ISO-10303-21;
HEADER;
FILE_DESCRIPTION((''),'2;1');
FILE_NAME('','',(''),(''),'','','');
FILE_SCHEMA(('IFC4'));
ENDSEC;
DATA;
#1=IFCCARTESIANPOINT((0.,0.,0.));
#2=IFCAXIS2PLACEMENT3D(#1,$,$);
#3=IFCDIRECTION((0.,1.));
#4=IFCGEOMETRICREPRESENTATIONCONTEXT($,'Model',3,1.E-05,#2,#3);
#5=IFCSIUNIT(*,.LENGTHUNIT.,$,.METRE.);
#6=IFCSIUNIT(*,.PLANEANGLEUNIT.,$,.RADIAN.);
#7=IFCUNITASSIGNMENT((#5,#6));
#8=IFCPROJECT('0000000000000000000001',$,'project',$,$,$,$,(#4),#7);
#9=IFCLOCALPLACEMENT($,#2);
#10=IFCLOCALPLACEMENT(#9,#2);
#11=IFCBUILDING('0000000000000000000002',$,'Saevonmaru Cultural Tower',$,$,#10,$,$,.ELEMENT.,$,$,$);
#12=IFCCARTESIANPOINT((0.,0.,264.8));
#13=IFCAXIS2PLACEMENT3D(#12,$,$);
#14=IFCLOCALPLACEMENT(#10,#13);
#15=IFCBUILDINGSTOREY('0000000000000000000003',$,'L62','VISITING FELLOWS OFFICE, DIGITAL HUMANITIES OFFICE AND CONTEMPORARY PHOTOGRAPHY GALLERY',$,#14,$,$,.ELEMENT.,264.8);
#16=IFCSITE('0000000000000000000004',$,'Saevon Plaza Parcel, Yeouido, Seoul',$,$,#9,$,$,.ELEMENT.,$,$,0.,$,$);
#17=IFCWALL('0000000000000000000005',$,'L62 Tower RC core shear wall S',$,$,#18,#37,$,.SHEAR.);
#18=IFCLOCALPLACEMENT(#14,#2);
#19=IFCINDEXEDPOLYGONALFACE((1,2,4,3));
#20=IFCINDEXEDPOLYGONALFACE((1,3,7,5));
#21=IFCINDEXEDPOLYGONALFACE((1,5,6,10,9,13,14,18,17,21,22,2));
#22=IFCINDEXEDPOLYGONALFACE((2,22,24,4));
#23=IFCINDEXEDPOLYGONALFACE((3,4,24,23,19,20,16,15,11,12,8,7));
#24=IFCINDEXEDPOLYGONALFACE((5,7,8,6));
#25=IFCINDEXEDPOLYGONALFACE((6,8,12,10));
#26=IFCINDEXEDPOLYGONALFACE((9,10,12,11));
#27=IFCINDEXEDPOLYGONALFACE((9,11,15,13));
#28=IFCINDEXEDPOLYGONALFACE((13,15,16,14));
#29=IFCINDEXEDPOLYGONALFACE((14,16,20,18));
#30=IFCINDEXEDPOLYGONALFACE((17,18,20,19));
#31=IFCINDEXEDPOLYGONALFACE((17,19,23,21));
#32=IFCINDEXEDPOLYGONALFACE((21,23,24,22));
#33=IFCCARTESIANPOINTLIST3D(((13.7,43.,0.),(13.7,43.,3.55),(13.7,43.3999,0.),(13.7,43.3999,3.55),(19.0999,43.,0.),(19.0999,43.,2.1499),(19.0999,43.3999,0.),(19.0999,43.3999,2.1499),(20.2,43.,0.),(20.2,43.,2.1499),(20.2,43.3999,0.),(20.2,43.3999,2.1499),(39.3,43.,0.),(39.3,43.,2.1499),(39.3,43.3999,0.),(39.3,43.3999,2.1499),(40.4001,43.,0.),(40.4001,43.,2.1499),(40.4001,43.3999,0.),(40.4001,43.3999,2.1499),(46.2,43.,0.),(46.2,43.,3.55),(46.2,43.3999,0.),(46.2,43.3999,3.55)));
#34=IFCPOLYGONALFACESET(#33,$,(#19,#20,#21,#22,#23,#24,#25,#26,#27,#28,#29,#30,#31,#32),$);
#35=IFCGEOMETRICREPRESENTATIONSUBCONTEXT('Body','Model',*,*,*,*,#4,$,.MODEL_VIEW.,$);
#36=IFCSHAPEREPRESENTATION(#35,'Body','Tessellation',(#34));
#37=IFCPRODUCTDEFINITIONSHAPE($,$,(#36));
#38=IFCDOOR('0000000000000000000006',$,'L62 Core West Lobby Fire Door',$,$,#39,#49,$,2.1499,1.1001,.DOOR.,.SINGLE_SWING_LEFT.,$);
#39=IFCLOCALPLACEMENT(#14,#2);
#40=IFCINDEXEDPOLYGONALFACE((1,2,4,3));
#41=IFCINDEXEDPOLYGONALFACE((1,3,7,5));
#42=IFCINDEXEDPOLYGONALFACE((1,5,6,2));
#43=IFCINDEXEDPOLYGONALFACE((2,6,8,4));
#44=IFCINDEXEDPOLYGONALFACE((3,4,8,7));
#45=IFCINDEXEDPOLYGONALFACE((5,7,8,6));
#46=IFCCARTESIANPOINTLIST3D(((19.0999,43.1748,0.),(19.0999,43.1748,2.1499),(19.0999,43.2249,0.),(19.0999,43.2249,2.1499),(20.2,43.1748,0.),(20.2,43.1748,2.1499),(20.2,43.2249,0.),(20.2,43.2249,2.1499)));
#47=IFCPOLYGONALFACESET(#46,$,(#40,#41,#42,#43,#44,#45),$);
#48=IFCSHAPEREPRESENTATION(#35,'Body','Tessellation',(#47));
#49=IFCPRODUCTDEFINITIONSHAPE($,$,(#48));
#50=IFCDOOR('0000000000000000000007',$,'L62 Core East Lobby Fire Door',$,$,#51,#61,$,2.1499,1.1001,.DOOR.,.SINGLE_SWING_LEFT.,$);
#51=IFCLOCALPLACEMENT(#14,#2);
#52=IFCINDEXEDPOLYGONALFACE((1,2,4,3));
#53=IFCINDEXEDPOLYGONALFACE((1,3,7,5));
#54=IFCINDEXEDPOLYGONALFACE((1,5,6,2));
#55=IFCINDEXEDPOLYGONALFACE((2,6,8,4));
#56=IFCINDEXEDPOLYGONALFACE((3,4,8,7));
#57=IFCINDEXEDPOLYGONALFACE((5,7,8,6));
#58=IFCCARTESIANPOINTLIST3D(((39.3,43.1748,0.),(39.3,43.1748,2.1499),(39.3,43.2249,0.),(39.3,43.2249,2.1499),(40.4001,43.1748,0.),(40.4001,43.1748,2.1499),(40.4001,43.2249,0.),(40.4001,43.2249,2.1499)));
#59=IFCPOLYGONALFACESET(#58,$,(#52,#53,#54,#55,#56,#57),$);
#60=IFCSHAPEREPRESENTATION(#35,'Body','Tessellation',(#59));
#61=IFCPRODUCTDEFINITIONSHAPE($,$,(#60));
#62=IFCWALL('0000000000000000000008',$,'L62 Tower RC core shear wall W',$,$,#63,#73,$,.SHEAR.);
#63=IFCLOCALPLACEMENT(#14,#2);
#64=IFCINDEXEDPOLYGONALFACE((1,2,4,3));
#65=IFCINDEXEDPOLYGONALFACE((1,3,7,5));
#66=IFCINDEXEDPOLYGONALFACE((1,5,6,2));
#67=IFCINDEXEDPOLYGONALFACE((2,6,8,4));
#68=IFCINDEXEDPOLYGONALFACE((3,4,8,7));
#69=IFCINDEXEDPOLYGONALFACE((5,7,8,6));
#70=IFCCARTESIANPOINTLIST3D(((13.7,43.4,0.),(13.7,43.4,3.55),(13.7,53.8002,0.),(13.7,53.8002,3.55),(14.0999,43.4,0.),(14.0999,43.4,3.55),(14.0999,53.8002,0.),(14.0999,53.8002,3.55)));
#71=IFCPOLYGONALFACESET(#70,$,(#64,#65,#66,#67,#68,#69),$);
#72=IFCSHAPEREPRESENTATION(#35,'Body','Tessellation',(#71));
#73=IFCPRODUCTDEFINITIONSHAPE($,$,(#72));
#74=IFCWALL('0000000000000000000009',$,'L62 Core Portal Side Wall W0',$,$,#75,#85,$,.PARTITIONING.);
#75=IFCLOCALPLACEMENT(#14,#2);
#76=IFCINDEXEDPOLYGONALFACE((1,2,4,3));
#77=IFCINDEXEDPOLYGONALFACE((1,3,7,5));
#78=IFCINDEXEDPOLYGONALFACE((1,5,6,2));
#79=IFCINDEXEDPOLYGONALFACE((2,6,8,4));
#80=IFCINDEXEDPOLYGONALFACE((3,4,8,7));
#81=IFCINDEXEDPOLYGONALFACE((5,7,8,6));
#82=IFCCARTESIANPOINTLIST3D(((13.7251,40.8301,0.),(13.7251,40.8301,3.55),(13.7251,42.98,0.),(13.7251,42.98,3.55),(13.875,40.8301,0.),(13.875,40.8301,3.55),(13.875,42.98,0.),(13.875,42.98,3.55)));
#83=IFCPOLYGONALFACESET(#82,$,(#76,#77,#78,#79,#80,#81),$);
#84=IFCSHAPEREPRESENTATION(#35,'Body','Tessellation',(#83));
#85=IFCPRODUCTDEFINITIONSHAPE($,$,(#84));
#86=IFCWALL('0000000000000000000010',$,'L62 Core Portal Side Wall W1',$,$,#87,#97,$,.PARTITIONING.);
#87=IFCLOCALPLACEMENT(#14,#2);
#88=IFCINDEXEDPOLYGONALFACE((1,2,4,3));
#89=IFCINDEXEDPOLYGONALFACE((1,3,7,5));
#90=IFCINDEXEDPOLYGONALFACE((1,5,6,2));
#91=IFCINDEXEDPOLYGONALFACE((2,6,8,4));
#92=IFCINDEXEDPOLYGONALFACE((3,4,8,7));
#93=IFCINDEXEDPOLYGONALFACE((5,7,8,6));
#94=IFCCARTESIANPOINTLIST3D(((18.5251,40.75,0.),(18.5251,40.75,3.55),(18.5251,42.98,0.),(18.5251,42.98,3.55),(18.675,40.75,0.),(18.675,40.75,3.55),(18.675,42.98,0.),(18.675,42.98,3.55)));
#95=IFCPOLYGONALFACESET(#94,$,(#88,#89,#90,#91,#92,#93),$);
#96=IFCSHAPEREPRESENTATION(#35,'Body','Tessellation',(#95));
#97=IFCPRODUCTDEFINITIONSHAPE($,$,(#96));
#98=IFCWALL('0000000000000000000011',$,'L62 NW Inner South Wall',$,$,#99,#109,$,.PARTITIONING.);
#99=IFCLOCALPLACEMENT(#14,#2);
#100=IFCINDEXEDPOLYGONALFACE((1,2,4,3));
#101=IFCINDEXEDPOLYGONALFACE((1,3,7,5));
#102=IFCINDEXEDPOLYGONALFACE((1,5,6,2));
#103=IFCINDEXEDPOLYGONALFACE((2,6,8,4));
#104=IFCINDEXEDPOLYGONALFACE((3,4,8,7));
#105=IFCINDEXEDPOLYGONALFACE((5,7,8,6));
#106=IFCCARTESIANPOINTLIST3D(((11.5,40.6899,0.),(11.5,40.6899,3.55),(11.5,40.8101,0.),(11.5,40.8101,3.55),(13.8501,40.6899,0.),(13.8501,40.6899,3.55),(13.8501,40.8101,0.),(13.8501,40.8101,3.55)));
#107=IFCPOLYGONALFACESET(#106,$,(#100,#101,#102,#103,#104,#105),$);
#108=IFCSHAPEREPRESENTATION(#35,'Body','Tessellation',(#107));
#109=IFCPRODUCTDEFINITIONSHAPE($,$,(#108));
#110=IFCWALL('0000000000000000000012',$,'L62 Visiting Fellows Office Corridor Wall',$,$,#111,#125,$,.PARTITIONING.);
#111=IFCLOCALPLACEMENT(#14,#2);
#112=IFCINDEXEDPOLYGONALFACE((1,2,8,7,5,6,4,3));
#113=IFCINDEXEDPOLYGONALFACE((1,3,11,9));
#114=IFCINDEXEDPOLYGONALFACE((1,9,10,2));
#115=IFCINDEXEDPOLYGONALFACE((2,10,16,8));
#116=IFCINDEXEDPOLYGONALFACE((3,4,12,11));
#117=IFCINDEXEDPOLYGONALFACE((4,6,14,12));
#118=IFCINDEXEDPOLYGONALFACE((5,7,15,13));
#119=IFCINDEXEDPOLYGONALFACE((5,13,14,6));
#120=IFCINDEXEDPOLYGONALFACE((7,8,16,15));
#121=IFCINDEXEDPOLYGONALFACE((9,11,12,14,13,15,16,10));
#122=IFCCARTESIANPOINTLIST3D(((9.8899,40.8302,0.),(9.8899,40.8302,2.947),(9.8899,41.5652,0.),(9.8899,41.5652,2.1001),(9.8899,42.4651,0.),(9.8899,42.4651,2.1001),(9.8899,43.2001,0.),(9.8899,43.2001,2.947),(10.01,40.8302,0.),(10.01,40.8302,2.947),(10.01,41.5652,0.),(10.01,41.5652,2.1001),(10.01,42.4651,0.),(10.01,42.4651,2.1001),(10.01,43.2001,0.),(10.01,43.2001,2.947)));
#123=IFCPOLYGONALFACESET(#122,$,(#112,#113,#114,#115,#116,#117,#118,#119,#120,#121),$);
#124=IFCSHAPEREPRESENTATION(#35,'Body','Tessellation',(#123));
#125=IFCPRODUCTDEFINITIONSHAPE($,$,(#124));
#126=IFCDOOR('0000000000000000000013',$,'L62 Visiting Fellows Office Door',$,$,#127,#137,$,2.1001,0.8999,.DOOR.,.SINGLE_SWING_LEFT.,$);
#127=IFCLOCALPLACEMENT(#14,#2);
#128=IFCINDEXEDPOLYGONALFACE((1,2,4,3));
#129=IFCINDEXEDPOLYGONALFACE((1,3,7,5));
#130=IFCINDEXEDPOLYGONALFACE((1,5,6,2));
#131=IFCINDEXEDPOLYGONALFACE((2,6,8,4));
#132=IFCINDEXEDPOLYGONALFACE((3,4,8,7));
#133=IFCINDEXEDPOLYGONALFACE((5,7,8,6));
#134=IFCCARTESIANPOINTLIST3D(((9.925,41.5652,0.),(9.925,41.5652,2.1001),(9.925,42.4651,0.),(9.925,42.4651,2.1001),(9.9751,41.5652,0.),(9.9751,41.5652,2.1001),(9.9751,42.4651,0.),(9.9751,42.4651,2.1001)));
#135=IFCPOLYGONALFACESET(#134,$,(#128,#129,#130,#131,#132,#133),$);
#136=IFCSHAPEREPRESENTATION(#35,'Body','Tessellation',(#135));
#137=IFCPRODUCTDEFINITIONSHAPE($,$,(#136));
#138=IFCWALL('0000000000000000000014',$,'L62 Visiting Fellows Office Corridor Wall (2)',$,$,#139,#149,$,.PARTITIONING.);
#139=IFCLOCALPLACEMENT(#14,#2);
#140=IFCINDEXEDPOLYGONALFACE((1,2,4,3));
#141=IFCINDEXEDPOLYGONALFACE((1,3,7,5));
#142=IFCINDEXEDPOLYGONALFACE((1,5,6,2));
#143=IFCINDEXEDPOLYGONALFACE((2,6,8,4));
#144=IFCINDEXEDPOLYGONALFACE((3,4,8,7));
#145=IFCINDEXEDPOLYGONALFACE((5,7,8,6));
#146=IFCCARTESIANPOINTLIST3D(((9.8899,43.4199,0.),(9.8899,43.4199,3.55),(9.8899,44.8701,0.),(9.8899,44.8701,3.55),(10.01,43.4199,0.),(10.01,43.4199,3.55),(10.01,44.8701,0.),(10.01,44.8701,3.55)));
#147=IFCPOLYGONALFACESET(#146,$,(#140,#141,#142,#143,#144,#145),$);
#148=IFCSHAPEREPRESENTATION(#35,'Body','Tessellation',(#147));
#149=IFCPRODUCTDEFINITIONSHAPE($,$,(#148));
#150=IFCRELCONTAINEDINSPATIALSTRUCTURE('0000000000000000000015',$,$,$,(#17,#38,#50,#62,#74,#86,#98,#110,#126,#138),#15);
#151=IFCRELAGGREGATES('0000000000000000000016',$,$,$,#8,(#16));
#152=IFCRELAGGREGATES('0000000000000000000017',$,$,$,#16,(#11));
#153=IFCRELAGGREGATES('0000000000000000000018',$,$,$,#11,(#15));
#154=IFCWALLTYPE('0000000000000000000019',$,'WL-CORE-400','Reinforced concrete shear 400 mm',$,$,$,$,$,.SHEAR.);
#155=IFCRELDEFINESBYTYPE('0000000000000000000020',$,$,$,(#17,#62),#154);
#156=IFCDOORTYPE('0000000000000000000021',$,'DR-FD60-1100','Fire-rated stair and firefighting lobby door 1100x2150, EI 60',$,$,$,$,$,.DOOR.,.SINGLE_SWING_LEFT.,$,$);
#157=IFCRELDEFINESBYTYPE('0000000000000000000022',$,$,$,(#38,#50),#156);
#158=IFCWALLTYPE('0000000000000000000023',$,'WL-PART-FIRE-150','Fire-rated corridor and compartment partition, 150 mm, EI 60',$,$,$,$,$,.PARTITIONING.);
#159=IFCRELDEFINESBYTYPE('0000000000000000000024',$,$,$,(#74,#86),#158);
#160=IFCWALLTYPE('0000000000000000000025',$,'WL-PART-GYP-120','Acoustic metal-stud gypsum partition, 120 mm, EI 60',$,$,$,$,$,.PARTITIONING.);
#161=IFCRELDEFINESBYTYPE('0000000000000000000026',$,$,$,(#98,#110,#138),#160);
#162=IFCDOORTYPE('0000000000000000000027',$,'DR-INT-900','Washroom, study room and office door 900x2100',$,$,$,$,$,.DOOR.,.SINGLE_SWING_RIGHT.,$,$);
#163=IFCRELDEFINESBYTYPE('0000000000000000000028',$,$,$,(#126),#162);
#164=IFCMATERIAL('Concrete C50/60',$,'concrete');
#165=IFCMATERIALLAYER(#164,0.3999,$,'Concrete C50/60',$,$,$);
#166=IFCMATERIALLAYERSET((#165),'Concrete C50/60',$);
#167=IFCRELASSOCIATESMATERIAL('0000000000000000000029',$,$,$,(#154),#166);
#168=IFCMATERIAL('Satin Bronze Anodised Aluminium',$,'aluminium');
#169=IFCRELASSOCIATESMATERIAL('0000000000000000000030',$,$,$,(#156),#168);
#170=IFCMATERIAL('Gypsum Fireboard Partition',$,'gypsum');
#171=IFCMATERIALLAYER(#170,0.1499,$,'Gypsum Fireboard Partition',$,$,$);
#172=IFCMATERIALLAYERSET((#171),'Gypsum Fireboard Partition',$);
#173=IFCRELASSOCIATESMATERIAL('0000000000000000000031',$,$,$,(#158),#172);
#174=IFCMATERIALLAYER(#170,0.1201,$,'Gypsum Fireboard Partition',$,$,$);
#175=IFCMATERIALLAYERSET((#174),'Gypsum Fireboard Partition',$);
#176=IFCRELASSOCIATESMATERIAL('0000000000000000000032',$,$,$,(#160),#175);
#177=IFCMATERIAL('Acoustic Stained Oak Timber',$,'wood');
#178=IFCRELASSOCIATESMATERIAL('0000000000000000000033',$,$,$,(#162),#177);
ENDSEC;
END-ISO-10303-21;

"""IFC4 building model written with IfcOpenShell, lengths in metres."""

from ifc_helpers import new_model, si_unit, direction, frame, frame_2d, origin, place, context, subcontext, project, spatial, rectangle, extrude, material, layer, layer_set, type_object, element, fill, save


model = new_model("IFC4")

# Units and contexts
model_context = context("Model", 3, precision=1e-05, world=origin(), true_north=direction((0.0, 1.0)))
body_context = subcontext(model_context, "Body", "Model", "MODEL_VIEW")
ifc_project = project(units=[si_unit("LENGTHUNIT", "METRE"), si_unit("PLANEANGLEUNIT", "RADIAN")], contexts=[model_context])

# Site, building, storey
site_placement = place(None, origin())
site = spatial("IfcSite", under=ifc_project, at=site_placement, Name="Saevon Plaza Parcel, Yeouido, Seoul", CompositionType="ELEMENT", RefElevation=0.0)
building_placement = place(site_placement, origin())
building = spatial("IfcBuilding", under=site, at=building_placement, Name="Saevonmaru Cultural Tower", CompositionType="ELEMENT")
storey_placement = place(building_placement, frame((0.0, 0.0, 264.8)))
storey = spatial("IfcBuildingStorey", under=building, at=storey_placement, Name="L62", Description="VISITING FELLOWS OFFICE, DIGITAL HUMANITIES OFFICE AND CONTEMPORARY PHOTOGRAPHY GALLERY", CompositionType="ELEMENT", Elevation=264.8)

# Wall, openings, doors
ifc_material_1 = material(Name="Concrete C50/60", Category="concrete")
ifc_layer_1 = layer(ifc_material_1, 0.3999, Name="Concrete C50/60")
ifc_layer_set_1 = layer_set([ifc_layer_1], Name="Concrete C50/60")
wall_type_1 = type_object("IfcWallType", Name="WL-CORE-400", Description="Reinforced concrete shear 400 mm", PredefinedType="SHEAR", material=ifc_layer_set_1)
wall_1_placement = place(storey_placement, frame((13.7, 43.2, 0.0), z_axis=(0.0, 0.0, 1.0), x_axis=(1.0, 0.0, 0.0)))
wall_1 = element("IfcWall", 1, at=wall_1_placement, inside=storey, type_object=wall_type_1, Name="L62 Tower RC core shear wall S", PredefinedType="SHEAR", context=body_context, shape_type="SweptSolid", body=[
    extrude(rectangle(XDim=32.5, YDim=0.3999, at=frame_2d((16.25, 0.0))), origin(), (0.0, 0.0, 1.0), 3.55),
])
opening_1_placement = place(wall_1_placement, frame((5.3999, 0.0, 0.0)))
opening_1 = element("IfcOpeningElement", 2, at=opening_1_placement, cuts=wall_1, PredefinedType="OPENING", context=body_context, shape_type="SweptSolid", body=[
    extrude(rectangle(XDim=1.1001, YDim=2.1499, at=frame_2d((0.55, 1.075))), frame((0.0, 0.21, 0.0), z_axis=(0.0, -1.0, 0.0), x_axis=(1.0, 0.0, 0.0)), (0.0, 0.0, 1.0), 0.4199),
])
opening_2_placement = place(wall_1_placement, frame((25.6001, 0.0, 0.0)))
opening_2 = element("IfcOpeningElement", 3, at=opening_2_placement, cuts=wall_1, PredefinedType="OPENING", context=body_context, shape_type="SweptSolid", body=[
    extrude(rectangle(XDim=1.1001, YDim=2.1499, at=frame_2d((0.55, 1.075))), frame((0.0, 0.21, 0.0), z_axis=(0.0, -1.0, 0.0), x_axis=(1.0, 0.0, 0.0)), (0.0, 0.0, 1.0), 0.4199),
])
ifc_material_2 = material(Name="Satin Bronze Anodised Aluminium", Category="aluminium")
door_type_1 = type_object("IfcDoorType", Name="DR-FD60-1100", Description="Fire-rated stair and firefighting lobby door 1100x2150, EI 60", OperationType="SINGLE_SWING_LEFT", PredefinedType="DOOR", material=ifc_material_2)
door_1_placement = place(opening_1_placement, origin())
door_1 = element("IfcDoor", 4, at=door_1_placement, inside=storey, type_object=door_type_1, Name="L62 Core West Lobby Fire Door", OperationType="SINGLE_SWING_LEFT", OverallHeight=2.1499, OverallWidth=1.1001, PredefinedType="DOOR", context=body_context, shape_type="SweptSolid", body=[
    extrude(rectangle(XDim=1.1001, YDim=2.1499, at=frame_2d((0.55, 1.075))), frame((0.0, 0.0249, 0.0), z_axis=(0.0, -1.0, 0.0), x_axis=(1.0, 0.0, 0.0)), (0.0, 0.0, 1.0), 0.05),
])
fill(opening_1, door_1)
door_2_placement = place(opening_2_placement, origin())
door_2 = element("IfcDoor", 5, at=door_2_placement, inside=storey, type_object=door_type_1, Name="L62 Core East Lobby Fire Door", OperationType="SINGLE_SWING_LEFT", OverallHeight=2.1499, OverallWidth=1.1001, PredefinedType="DOOR", context=body_context, shape_type="SweptSolid", body=[
    extrude(rectangle(XDim=1.1001, YDim=2.1499, at=frame_2d((0.55, 1.075))), frame((0.0, 0.0249, 0.0), z_axis=(0.0, -1.0, 0.0), x_axis=(1.0, 0.0, 0.0)), (0.0, 0.0, 1.0), 0.05),
])
fill(opening_2, door_2)

# Walls
wall_2_placement = place(storey_placement, frame((13.8999, 43.3999, 0.0), z_axis=(0.0, 0.0, 1.0), x_axis=(0.0, 1.0, 0.0)))
element("IfcWall", 6, at=wall_2_placement, inside=storey, type_object=wall_type_1, Name="L62 Tower RC core shear wall W", PredefinedType="SHEAR", context=body_context, shape_type="SweptSolid", body=[
    extrude(rectangle(XDim=10.4001, YDim=0.3999, at=frame_2d((5.2002, 0.0))), origin(), (0.0, 0.0, 1.0), 3.55),
])
ifc_material_3 = material(Name="Gypsum Fireboard Partition", Category="gypsum")
ifc_layer_2 = layer(ifc_material_3, 0.1499, Name="Gypsum Fireboard Partition")
ifc_layer_set_2 = layer_set([ifc_layer_2], Name="Gypsum Fireboard Partition")
wall_type_2 = type_object("IfcWallType", Name="WL-PART-FIRE-150", Description="Fire-rated corridor and compartment partition, 150 mm, EI 60", PredefinedType="PARTITIONING", material=ifc_layer_set_2)
wall_3_placement = place(storey_placement, frame((13.8, 40.8301, 0.0), z_axis=(0.0, 0.0, 1.0), x_axis=(0.0, 1.0, 0.0)))
element("IfcWall", 7, at=wall_3_placement, inside=storey, type_object=wall_type_2, Name="L62 Core Portal Side Wall W0", PredefinedType="PARTITIONING", context=body_context, shape_type="SweptSolid", body=[
    extrude(rectangle(XDim=2.1499, YDim=0.1499, at=frame_2d((1.075, 0.0))), origin(), (0.0, 0.0, 1.0), 3.55),
])
wall_4_placement = place(storey_placement, frame((18.6001, 40.75, 0.0), z_axis=(0.0, 0.0, 1.0), x_axis=(0.0, 1.0, 0.0)))
element("IfcWall", 8, at=wall_4_placement, inside=storey, type_object=wall_type_2, Name="L62 Core Portal Side Wall W1", PredefinedType="PARTITIONING", context=body_context, shape_type="SweptSolid", body=[
    extrude(rectangle(XDim=2.23, YDim=0.1499, at=frame_2d((1.115, 0.0))), origin(), (0.0, 0.0, 1.0), 3.55),
])
ifc_layer_3 = layer(ifc_material_3, 0.1201, Name="Gypsum Fireboard Partition")
ifc_layer_set_3 = layer_set([ifc_layer_3], Name="Gypsum Fireboard Partition")
wall_type_3 = type_object("IfcWallType", Name="WL-PART-GYP-120", Description="Acoustic metal-stud gypsum partition, 120 mm, EI 60", PredefinedType="PARTITIONING", material=ifc_layer_set_3)
wall_5_placement = place(storey_placement, frame((11.5, 40.75, 0.0), z_axis=(0.0, 0.0, 1.0), x_axis=(1.0, 0.0, 0.0)))
element("IfcWall", 9, at=wall_5_placement, inside=storey, type_object=wall_type_3, Name="L62 NW Inner South Wall", PredefinedType="PARTITIONING", context=body_context, shape_type="SweptSolid", body=[
    extrude(rectangle(XDim=2.3501, YDim=0.1201, at=frame_2d((1.175, 0.0))), origin(), (0.0, 0.0, 1.0), 3.55),
])

# Wall, opening, door
wall_6_placement = place(storey_placement, frame((9.95, 40.8301, 0.0), z_axis=(0.0, 0.0, 1.0), x_axis=(0.0, 1.0, 0.0)))
wall_6 = element("IfcWall", 10, at=wall_6_placement, inside=storey, type_object=wall_type_3, Name="L62 Visiting Fellows Office Corridor Wall", PredefinedType="PARTITIONING", context=body_context, shape_type="SweptSolid", body=[
    extrude(rectangle(XDim=2.3699, YDim=0.1201, at=frame_2d((1.1851, 0.0))), origin(), (0.0, 0.0, 1.0), 2.947),
])
opening_3_placement = place(wall_6_placement, frame((0.7351, 0.0, 0.0)))
opening_3 = element("IfcOpeningElement", 11, at=opening_3_placement, cuts=wall_6, PredefinedType="OPENING", context=body_context, shape_type="SweptSolid", body=[
    extrude(rectangle(XDim=0.8999, YDim=2.1001, at=frame_2d((0.45, 1.05))), frame((0.0, 0.0701, 0.0), z_axis=(0.0, -1.0, 0.0), x_axis=(1.0, 0.0, 0.0)), (0.0, 0.0, 1.0), 0.1401),
])
ifc_material_4 = material(Name="Acoustic Stained Oak Timber", Category="wood")
door_type_2 = type_object("IfcDoorType", Name="DR-INT-900", Description="Washroom, study room and office door 900x2100", OperationType="SINGLE_SWING_RIGHT", PredefinedType="DOOR", material=ifc_material_4)
door_3_placement = place(opening_3_placement, origin())
door_3 = element("IfcDoor", 12, at=door_3_placement, inside=storey, type_object=door_type_2, Name="L62 Visiting Fellows Office Door", OperationType="SINGLE_SWING_LEFT", OverallHeight=2.1001, OverallWidth=0.8999, PredefinedType="DOOR", context=body_context, shape_type="SweptSolid", body=[
    extrude(rectangle(XDim=0.8999, YDim=2.1001, at=frame_2d((0.45, 1.05))), frame((0.0, 0.0249, 0.0), z_axis=(0.0, -1.0, 0.0), x_axis=(1.0, 0.0, 0.0)), (0.0, 0.0, 1.0), 0.05),
])
fill(opening_3, door_3)

# Wall
wall_7_placement = place(storey_placement, frame((9.95, 43.4199, 0.0), z_axis=(0.0, 0.0, 1.0), x_axis=(0.0, 1.0, 0.0)))
element("IfcWall", 13, at=wall_7_placement, inside=storey, type_object=wall_type_3, Name="L62 Visiting Fellows Office Corridor Wall (2)", PredefinedType="PARTITIONING", context=body_context, shape_type="SweptSolid", body=[
    extrude(rectangle(XDim=1.4502, YDim=0.1201, at=frame_2d((0.7251, 0.0))), origin(), (0.0, 0.0, 1.0), 3.55),
])

save(model, "model.ifc")
